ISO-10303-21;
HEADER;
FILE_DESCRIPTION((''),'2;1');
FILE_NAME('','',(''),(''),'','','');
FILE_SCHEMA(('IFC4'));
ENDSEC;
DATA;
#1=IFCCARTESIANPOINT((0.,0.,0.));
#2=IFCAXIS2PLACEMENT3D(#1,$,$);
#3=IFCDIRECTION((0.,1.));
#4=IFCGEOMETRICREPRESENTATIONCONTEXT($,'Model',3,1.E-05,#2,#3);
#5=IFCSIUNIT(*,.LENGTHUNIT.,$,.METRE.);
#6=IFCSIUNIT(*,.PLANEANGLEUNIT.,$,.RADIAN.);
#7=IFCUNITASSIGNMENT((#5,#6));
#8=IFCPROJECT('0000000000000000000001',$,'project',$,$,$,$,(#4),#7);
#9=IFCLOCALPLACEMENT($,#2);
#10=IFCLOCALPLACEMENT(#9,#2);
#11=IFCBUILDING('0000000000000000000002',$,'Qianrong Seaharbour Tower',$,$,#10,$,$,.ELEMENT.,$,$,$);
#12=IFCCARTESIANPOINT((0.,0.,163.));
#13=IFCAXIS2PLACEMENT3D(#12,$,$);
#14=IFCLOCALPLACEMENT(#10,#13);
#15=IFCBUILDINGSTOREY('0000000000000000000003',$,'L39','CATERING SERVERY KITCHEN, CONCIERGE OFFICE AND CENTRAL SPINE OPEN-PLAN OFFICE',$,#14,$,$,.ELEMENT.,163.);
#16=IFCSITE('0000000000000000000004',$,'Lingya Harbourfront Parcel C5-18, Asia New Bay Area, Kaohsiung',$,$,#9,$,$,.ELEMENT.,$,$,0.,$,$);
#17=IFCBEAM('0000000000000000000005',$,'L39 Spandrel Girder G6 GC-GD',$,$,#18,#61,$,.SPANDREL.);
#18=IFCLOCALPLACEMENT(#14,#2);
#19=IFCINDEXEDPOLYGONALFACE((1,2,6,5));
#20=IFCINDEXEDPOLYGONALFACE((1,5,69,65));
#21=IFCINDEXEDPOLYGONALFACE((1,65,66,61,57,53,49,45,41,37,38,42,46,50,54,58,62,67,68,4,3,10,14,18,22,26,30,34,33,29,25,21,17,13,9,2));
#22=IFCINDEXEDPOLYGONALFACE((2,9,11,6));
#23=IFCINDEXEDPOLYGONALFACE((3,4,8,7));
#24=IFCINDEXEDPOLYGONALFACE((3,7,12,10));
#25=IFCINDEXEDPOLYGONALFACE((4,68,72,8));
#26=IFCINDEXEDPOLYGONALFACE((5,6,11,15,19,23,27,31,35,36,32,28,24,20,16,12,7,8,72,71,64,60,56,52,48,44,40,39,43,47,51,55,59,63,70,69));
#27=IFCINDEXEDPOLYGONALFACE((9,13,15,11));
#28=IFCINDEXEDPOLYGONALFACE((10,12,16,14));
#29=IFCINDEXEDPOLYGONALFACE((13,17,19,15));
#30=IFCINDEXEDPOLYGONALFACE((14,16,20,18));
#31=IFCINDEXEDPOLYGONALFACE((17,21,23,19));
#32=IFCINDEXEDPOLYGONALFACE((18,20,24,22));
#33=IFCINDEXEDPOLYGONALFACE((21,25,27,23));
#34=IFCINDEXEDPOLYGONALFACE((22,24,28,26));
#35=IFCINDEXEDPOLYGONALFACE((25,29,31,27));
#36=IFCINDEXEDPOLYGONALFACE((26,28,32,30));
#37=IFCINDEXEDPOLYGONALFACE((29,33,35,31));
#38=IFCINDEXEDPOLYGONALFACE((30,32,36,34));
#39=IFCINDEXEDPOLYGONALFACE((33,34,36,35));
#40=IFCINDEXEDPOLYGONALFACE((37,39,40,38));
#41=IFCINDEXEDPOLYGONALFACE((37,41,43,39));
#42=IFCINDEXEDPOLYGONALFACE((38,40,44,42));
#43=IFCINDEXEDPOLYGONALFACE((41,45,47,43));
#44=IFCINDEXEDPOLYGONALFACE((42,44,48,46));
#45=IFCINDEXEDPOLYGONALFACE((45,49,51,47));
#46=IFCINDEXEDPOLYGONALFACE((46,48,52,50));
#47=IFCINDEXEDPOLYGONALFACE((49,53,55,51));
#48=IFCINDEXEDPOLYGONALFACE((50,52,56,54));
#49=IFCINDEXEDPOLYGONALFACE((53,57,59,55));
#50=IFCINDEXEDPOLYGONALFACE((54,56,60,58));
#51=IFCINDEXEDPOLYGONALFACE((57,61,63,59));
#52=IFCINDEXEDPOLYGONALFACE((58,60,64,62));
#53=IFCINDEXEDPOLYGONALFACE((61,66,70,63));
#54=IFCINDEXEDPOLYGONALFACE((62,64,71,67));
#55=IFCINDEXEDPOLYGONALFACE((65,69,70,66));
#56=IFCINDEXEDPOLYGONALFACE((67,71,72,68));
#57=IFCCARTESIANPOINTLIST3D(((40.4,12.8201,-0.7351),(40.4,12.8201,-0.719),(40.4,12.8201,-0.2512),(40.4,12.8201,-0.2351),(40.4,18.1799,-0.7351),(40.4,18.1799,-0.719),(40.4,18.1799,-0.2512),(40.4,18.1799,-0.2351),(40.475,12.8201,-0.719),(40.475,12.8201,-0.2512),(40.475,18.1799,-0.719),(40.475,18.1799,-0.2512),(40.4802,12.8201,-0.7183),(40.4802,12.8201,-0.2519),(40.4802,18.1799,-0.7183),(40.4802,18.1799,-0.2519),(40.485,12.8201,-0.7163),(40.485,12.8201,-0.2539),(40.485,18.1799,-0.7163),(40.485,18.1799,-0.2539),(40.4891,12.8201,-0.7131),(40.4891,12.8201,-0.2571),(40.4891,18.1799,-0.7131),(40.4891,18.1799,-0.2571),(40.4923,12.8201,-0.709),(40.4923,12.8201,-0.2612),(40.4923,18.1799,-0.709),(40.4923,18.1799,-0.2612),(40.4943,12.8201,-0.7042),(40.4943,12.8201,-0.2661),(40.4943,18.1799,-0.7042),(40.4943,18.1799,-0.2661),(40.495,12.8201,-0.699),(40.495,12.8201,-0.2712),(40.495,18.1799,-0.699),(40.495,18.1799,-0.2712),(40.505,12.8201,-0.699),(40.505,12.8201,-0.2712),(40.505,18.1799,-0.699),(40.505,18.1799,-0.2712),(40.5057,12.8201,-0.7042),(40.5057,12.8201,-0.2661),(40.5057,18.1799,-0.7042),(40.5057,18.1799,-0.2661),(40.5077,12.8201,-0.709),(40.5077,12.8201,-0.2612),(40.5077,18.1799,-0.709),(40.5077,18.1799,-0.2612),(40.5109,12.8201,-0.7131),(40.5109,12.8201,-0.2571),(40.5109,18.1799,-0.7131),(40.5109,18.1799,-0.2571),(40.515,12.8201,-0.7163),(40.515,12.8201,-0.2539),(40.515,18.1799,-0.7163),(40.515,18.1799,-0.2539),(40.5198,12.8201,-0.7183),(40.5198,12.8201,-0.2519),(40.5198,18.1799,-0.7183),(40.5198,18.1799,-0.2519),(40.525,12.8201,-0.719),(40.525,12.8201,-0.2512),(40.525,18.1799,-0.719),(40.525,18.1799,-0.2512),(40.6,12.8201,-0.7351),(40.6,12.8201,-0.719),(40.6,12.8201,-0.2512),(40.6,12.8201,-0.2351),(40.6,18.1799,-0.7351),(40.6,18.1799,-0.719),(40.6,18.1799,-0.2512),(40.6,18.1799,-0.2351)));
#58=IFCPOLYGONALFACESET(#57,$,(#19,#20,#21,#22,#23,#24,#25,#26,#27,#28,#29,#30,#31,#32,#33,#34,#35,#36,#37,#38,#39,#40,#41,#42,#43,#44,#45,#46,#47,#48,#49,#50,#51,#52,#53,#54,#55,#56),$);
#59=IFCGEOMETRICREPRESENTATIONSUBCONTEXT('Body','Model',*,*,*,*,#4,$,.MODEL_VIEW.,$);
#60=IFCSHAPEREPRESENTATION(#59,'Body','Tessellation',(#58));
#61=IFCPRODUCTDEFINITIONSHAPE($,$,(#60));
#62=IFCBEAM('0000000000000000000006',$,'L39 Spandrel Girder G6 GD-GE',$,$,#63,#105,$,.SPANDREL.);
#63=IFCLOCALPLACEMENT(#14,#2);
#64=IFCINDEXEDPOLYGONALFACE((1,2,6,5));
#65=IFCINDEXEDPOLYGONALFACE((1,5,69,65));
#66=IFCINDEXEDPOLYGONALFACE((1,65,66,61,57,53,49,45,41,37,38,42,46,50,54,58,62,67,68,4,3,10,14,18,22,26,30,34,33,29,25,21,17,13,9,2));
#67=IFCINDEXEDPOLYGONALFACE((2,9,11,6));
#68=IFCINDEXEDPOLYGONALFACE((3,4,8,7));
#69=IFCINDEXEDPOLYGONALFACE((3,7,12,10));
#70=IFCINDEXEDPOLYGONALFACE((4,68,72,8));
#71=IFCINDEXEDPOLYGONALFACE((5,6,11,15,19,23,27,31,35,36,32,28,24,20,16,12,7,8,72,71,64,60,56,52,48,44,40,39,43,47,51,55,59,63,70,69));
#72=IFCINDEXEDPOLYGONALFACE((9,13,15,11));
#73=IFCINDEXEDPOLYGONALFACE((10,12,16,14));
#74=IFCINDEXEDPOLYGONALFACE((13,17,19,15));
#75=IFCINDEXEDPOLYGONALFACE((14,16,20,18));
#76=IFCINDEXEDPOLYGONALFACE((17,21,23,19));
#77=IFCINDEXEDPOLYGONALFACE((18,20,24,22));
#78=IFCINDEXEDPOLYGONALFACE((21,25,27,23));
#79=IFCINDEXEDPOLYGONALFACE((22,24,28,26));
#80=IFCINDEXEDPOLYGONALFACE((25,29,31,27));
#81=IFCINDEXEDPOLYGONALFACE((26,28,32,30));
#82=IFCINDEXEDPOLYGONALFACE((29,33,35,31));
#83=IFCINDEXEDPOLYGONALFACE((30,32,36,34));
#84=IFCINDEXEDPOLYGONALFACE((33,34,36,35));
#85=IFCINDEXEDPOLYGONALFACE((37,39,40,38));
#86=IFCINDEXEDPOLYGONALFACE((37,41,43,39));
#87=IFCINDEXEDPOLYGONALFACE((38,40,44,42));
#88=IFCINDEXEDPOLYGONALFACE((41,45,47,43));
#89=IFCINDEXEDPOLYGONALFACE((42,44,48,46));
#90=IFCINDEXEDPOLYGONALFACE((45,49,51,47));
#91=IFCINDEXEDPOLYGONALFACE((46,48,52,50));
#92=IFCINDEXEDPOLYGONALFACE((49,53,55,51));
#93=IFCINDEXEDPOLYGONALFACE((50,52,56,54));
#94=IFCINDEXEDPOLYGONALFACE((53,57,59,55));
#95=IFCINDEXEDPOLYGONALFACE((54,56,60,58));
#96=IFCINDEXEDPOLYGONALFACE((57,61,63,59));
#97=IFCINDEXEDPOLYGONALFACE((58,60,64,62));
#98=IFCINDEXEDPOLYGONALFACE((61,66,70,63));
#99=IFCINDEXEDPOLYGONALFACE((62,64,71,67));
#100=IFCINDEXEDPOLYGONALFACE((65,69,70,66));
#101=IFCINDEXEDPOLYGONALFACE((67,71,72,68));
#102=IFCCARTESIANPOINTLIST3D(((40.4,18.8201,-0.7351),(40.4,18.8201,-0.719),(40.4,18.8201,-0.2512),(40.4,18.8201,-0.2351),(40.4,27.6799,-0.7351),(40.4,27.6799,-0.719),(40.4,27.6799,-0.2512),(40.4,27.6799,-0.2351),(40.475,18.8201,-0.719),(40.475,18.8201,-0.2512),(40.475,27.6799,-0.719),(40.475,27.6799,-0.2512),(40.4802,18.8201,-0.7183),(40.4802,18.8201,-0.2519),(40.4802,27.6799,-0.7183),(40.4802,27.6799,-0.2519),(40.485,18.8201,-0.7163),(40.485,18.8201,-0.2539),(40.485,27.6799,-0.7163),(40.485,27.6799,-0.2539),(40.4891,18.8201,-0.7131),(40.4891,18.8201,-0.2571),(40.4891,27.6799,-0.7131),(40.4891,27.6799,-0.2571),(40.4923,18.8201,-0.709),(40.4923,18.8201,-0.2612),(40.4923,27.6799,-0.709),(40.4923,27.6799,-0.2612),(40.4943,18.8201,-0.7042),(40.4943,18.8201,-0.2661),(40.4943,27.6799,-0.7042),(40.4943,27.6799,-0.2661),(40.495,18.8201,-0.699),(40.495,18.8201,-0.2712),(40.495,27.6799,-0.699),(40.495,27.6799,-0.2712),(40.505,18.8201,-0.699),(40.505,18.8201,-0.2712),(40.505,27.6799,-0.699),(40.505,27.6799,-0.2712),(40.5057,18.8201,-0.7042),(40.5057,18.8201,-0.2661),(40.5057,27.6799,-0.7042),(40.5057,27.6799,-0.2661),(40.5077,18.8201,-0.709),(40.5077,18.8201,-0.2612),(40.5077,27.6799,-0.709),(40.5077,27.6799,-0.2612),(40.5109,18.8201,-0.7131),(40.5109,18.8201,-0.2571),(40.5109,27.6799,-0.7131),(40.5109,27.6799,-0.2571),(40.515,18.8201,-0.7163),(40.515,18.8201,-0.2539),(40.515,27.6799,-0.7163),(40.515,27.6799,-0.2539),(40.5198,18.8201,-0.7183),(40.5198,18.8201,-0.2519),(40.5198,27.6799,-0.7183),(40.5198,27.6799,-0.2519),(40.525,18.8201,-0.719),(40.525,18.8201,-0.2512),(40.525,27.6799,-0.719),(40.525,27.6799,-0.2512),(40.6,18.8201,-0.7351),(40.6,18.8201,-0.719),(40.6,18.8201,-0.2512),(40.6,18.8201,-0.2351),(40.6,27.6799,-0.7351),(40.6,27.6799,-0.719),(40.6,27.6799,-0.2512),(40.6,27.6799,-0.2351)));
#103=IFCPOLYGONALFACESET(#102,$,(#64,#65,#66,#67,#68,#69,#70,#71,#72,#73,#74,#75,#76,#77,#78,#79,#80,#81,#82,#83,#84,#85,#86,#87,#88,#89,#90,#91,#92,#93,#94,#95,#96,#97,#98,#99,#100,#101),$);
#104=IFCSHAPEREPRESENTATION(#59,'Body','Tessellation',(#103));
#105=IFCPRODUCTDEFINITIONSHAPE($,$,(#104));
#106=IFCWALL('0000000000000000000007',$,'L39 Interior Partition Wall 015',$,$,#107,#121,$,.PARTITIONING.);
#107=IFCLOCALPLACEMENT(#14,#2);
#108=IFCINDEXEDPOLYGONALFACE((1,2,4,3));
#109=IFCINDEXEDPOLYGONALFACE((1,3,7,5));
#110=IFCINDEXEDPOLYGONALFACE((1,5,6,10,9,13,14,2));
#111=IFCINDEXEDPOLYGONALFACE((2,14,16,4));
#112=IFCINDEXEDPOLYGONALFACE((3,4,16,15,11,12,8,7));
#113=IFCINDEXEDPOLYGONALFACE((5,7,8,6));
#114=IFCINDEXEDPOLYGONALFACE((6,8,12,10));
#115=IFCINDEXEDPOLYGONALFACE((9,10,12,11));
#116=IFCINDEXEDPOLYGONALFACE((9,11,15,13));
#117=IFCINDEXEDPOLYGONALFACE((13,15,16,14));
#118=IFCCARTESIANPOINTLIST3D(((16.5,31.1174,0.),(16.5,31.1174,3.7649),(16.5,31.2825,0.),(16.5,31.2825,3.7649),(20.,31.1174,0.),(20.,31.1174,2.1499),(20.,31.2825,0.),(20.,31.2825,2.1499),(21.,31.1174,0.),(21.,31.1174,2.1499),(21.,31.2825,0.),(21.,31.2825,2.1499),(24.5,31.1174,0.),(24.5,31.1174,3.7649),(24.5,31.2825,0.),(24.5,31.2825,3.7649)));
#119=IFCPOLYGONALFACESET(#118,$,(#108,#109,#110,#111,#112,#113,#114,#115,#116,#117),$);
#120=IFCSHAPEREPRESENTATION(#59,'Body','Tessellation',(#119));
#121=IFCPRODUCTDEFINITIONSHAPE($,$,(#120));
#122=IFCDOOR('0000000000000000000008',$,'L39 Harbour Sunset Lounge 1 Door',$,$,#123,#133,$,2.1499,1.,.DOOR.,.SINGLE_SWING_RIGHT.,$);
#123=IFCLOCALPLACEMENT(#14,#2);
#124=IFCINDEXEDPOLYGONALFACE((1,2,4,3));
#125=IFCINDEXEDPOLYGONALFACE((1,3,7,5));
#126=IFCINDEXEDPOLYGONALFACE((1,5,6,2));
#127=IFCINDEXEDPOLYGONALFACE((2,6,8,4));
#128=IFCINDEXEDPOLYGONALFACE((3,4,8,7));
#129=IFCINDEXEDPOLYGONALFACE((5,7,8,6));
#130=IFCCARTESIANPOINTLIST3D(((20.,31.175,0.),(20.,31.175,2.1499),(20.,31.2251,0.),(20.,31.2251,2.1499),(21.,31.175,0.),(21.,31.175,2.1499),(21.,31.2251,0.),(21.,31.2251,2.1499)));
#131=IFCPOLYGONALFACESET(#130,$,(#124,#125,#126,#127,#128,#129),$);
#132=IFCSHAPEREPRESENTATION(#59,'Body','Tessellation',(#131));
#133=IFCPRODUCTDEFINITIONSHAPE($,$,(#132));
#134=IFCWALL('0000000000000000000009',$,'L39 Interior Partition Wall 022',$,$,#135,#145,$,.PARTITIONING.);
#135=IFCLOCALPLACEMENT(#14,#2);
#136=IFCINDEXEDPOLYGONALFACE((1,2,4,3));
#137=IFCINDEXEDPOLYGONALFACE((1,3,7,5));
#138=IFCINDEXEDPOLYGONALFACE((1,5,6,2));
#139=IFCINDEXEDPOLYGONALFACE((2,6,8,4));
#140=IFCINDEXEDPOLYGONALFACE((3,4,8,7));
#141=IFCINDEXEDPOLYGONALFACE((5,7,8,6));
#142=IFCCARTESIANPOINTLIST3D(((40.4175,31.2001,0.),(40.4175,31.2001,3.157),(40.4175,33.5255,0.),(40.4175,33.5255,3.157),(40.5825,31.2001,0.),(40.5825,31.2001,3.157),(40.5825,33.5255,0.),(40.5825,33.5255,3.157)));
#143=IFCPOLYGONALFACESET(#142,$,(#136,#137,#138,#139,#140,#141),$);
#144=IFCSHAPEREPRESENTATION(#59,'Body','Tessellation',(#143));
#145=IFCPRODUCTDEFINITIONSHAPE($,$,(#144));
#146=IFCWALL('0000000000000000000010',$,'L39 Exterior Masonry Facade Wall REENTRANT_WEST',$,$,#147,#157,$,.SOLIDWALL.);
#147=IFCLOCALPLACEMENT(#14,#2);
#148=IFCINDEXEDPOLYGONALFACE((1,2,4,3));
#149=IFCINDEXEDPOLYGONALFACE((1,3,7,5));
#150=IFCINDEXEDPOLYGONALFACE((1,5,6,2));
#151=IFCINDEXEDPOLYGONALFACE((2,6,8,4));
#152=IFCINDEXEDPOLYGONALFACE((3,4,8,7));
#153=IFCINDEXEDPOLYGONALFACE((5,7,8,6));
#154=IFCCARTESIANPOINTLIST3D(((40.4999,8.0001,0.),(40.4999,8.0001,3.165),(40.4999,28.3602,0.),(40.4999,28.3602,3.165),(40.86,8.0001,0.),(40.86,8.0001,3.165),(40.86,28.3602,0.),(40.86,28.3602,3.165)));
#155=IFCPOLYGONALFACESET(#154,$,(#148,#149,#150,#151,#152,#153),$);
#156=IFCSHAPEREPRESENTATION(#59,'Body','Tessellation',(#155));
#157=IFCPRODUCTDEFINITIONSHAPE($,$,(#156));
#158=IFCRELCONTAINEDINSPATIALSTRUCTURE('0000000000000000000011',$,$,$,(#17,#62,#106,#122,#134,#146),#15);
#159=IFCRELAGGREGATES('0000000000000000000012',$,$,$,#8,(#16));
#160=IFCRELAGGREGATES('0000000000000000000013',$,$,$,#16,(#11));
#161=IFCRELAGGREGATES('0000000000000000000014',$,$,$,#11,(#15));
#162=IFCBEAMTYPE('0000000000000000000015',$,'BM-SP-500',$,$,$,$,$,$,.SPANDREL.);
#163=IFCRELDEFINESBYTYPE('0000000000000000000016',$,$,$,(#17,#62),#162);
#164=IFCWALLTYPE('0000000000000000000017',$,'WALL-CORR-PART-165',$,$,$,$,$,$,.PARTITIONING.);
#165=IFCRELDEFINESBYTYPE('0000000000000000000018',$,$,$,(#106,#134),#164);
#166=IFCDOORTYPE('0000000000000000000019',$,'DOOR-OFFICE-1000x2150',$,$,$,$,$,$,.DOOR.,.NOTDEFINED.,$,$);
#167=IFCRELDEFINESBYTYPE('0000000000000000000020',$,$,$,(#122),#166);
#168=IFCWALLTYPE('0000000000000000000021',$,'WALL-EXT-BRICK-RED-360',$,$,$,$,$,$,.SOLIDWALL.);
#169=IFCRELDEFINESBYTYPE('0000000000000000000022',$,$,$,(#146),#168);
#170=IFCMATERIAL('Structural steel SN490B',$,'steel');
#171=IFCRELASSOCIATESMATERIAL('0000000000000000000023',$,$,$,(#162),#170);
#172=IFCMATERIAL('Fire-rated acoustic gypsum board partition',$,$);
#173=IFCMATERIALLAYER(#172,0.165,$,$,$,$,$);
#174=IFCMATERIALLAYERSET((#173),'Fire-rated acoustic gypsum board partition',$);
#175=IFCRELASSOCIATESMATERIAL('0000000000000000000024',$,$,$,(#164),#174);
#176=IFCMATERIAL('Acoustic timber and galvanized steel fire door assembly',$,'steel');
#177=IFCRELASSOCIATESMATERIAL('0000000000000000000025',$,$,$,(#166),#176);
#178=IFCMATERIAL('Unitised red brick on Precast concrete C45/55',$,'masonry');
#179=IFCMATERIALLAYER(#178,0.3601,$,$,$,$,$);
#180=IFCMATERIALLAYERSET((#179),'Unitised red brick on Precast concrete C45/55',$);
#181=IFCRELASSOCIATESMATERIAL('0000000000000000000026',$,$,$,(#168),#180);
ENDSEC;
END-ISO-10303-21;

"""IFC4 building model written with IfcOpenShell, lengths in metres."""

from ifc_helpers import new_model, si_unit, direction, frame, frame_2d, origin, origin_2d, place, context, subcontext, project, spatial, rectangle, i_section, extrude, material, layer, layer_set, material_profile, profile_set, type_object, element, fill, save


model = new_model("IFC4")

# Units and contexts
model_context = context("Model", 3, precision=1e-05, world=origin(), true_north=direction((0.0, 1.0)))
body_context = subcontext(model_context, "Body", "Model", "MODEL_VIEW")
ifc_project = project(units=[si_unit("LENGTHUNIT", "METRE"), si_unit("PLANEANGLEUNIT", "RADIAN")], contexts=[model_context])

# Site, building, storey
site_placement = place(None, origin())
site = spatial("IfcSite", under=ifc_project, at=site_placement, Name="Lingya Harbourfront Parcel C5-18, Asia New Bay Area, Kaohsiung", CompositionType="ELEMENT", RefElevation=0.0)
building_placement = place(site_placement, origin())
building = spatial("IfcBuilding", under=site, at=building_placement, Name="Qianrong Seaharbour Tower", CompositionType="ELEMENT")
storey_placement = place(building_placement, frame((0.0, 0.0, 163.0)))
storey = spatial("IfcBuildingStorey", under=building, at=storey_placement, Name="L39", Description="CATERING SERVERY KITCHEN, CONCIERGE OFFICE AND CENTRAL SPINE OPEN-PLAN OFFICE", CompositionType="ELEMENT", Elevation=163.0)

# Shared definitions
ifc_material_1 = material(Name="Structural steel SN490B", Category="steel")

# Beams
ifc_material_profile_1 = material_profile(ifc_material_1, i_section(OverallWidth=0.2, OverallDepth=0.5, WebThickness=0.01, FlangeThickness=0.0161, FilletRadius=0.02, at=origin_2d()), Name="H500x200x10x16")
ifc_profile_set_1 = profile_set([ifc_material_profile_1], Name="Structural steel SN490B")
beam_type_1 = type_object("IfcBeamType", Name="BM-SP-500", PredefinedType="SPANDREL", material=ifc_profile_set_1)
beam_1_placement = place(storey_placement, frame((40.5, 12.8201, -0.4851), z_axis=(0.0, 1.0, 0.0), x_axis=(-1.0, 0.0, 0.0)))
element("IfcBeam", 1, at=beam_1_placement, inside=storey, type_object=beam_type_1, Name="L39 Spandrel Girder G6 GC-GD", PredefinedType="SPANDREL", context=body_context, shape_type="SweptSolid", body=[
    extrude(i_section(OverallWidth=0.2, OverallDepth=0.5, WebThickness=0.01, FlangeThickness=0.0161, FilletRadius=0.02, at=origin_2d()), origin(), (0.0, 0.0, 1.0), 5.3599),
])
beam_2_placement = place(storey_placement, frame((40.5, 18.8201, -0.4851), z_axis=(0.0, 1.0, 0.0), x_axis=(-1.0, 0.0, 0.0)))
element("IfcBeam", 2, at=beam_2_placement, inside=storey, type_object=beam_type_1, Name="L39 Spandrel Girder G6 GD-GE", PredefinedType="SPANDREL", context=body_context, shape_type="SweptSolid", body=[
    extrude(i_section(OverallWidth=0.2, OverallDepth=0.5, WebThickness=0.01, FlangeThickness=0.0161, FilletRadius=0.02, at=origin_2d()), origin(), (0.0, 0.0, 1.0), 8.8599),
])

# Wall, opening, door
ifc_material_2 = material(Name="Fire-rated acoustic gypsum board partition")
ifc_layer_1 = layer(ifc_material_2, 0.165)
ifc_layer_set_1 = layer_set([ifc_layer_1], Name="Fire-rated acoustic gypsum board partition")
wall_type_1 = type_object("IfcWallType", Name="WALL-CORR-PART-165", PredefinedType="PARTITIONING", material=ifc_layer_set_1)
wall_1_placement = place(storey_placement, frame((24.5, 31.2, 0.0), z_axis=(0.0, 0.0, 1.0), x_axis=(-1.0, 0.0, 0.0)))
wall_1 = element("IfcWall", 3, at=wall_1_placement, inside=storey, type_object=wall_type_1, Name="L39 Interior Partition Wall 015", PredefinedType="PARTITIONING", context=body_context, shape_type="SweptSolid", body=[
    extrude(rectangle(XDim=8.0, YDim=0.165, at=frame_2d((4.0, 0.0))), origin(), (0.0, 0.0, 1.0), 3.7649),
])
opening_1_placement = place(wall_1_placement, frame((3.5, 0.0, 0.0)))
opening_1 = element("IfcOpeningElement", 4, at=opening_1_placement, cuts=wall_1, PredefinedType="OPENING", context=body_context, shape_type="SweptSolid", body=[
    extrude(rectangle(XDim=1.0, YDim=2.1499, at=frame_2d((0.5, 1.075))), frame((0.0, 0.0925, 0.0), z_axis=(0.0, -1.0, 0.0), x_axis=(1.0, 0.0, 0.0)), (0.0, 0.0, 1.0), 0.1851),
])
ifc_material_3 = material(Name="Acoustic timber and galvanized steel fire door assembly", Category="steel")
door_type = type_object("IfcDoorType", Name="DOOR-OFFICE-1000x2150", OperationType="NOTDEFINED", PredefinedType="DOOR", material=ifc_material_3)
door_placement = place(opening_1_placement, origin())
door = element("IfcDoor", 5, at=door_placement, inside=storey, type_object=door_type, Name="L39 Harbour Sunset Lounge 1 Door", OperationType="SINGLE_SWING_RIGHT", OverallHeight=2.1499, OverallWidth=1.0, PredefinedType="DOOR", context=body_context, shape_type="SweptSolid", body=[
    extrude(rectangle(XDim=1.0, YDim=2.1499, at=frame_2d((0.5, 1.075))), frame((0.0, 0.0249, 0.0), z_axis=(0.0, -1.0, 0.0), x_axis=(1.0, 0.0, 0.0)), (0.0, 0.0, 1.0), 0.05),
])
fill(opening_1, door)

# Walls
wall_2_placement = place(storey_placement, frame((40.5, 33.5254, 0.0), z_axis=(0.0, 0.0, 1.0), x_axis=(0.0, -1.0, 0.0)))
element("IfcWall", 6, at=wall_2_placement, inside=storey, type_object=wall_type_1, Name="L39 Interior Partition Wall 022", PredefinedType="PARTITIONING", context=body_context, shape_type="SweptSolid", body=[
    extrude(rectangle(XDim=2.3254, YDim=0.165, at=frame_2d((1.1626, 0.0))), origin(), (0.0, 0.0, 1.0), 3.157),
])
ifc_material_4 = material(Name="Unitised red brick on Precast concrete C45/55", Category="masonry")
ifc_layer_2 = layer(ifc_material_4, 0.3601)
ifc_layer_set_2 = layer_set([ifc_layer_2], Name="Unitised red brick on Precast concrete C45/55")
wall_type_2 = type_object("IfcWallType", Name="WALL-EXT-BRICK-RED-360", PredefinedType="SOLIDWALL", material=ifc_layer_set_2)
wall_3_placement = place(storey_placement, frame((40.6799, 8.0, 0.0), z_axis=(0.0, 0.0, 1.0), x_axis=(0.0, 1.0, 0.0)))
element("IfcWall", 7, at=wall_3_placement, inside=storey, type_object=wall_type_2, Name="L39 Exterior Masonry Facade Wall REENTRANT_WEST", PredefinedType="SOLIDWALL", context=body_context, shape_type="SweptSolid", body=[
    extrude(rectangle(XDim=20.3601, YDim=0.3601, at=frame_2d((10.1802, 0.0))), origin(), (0.0, 0.0, 1.0), 3.165),
])

save(model, "model.ifc")
